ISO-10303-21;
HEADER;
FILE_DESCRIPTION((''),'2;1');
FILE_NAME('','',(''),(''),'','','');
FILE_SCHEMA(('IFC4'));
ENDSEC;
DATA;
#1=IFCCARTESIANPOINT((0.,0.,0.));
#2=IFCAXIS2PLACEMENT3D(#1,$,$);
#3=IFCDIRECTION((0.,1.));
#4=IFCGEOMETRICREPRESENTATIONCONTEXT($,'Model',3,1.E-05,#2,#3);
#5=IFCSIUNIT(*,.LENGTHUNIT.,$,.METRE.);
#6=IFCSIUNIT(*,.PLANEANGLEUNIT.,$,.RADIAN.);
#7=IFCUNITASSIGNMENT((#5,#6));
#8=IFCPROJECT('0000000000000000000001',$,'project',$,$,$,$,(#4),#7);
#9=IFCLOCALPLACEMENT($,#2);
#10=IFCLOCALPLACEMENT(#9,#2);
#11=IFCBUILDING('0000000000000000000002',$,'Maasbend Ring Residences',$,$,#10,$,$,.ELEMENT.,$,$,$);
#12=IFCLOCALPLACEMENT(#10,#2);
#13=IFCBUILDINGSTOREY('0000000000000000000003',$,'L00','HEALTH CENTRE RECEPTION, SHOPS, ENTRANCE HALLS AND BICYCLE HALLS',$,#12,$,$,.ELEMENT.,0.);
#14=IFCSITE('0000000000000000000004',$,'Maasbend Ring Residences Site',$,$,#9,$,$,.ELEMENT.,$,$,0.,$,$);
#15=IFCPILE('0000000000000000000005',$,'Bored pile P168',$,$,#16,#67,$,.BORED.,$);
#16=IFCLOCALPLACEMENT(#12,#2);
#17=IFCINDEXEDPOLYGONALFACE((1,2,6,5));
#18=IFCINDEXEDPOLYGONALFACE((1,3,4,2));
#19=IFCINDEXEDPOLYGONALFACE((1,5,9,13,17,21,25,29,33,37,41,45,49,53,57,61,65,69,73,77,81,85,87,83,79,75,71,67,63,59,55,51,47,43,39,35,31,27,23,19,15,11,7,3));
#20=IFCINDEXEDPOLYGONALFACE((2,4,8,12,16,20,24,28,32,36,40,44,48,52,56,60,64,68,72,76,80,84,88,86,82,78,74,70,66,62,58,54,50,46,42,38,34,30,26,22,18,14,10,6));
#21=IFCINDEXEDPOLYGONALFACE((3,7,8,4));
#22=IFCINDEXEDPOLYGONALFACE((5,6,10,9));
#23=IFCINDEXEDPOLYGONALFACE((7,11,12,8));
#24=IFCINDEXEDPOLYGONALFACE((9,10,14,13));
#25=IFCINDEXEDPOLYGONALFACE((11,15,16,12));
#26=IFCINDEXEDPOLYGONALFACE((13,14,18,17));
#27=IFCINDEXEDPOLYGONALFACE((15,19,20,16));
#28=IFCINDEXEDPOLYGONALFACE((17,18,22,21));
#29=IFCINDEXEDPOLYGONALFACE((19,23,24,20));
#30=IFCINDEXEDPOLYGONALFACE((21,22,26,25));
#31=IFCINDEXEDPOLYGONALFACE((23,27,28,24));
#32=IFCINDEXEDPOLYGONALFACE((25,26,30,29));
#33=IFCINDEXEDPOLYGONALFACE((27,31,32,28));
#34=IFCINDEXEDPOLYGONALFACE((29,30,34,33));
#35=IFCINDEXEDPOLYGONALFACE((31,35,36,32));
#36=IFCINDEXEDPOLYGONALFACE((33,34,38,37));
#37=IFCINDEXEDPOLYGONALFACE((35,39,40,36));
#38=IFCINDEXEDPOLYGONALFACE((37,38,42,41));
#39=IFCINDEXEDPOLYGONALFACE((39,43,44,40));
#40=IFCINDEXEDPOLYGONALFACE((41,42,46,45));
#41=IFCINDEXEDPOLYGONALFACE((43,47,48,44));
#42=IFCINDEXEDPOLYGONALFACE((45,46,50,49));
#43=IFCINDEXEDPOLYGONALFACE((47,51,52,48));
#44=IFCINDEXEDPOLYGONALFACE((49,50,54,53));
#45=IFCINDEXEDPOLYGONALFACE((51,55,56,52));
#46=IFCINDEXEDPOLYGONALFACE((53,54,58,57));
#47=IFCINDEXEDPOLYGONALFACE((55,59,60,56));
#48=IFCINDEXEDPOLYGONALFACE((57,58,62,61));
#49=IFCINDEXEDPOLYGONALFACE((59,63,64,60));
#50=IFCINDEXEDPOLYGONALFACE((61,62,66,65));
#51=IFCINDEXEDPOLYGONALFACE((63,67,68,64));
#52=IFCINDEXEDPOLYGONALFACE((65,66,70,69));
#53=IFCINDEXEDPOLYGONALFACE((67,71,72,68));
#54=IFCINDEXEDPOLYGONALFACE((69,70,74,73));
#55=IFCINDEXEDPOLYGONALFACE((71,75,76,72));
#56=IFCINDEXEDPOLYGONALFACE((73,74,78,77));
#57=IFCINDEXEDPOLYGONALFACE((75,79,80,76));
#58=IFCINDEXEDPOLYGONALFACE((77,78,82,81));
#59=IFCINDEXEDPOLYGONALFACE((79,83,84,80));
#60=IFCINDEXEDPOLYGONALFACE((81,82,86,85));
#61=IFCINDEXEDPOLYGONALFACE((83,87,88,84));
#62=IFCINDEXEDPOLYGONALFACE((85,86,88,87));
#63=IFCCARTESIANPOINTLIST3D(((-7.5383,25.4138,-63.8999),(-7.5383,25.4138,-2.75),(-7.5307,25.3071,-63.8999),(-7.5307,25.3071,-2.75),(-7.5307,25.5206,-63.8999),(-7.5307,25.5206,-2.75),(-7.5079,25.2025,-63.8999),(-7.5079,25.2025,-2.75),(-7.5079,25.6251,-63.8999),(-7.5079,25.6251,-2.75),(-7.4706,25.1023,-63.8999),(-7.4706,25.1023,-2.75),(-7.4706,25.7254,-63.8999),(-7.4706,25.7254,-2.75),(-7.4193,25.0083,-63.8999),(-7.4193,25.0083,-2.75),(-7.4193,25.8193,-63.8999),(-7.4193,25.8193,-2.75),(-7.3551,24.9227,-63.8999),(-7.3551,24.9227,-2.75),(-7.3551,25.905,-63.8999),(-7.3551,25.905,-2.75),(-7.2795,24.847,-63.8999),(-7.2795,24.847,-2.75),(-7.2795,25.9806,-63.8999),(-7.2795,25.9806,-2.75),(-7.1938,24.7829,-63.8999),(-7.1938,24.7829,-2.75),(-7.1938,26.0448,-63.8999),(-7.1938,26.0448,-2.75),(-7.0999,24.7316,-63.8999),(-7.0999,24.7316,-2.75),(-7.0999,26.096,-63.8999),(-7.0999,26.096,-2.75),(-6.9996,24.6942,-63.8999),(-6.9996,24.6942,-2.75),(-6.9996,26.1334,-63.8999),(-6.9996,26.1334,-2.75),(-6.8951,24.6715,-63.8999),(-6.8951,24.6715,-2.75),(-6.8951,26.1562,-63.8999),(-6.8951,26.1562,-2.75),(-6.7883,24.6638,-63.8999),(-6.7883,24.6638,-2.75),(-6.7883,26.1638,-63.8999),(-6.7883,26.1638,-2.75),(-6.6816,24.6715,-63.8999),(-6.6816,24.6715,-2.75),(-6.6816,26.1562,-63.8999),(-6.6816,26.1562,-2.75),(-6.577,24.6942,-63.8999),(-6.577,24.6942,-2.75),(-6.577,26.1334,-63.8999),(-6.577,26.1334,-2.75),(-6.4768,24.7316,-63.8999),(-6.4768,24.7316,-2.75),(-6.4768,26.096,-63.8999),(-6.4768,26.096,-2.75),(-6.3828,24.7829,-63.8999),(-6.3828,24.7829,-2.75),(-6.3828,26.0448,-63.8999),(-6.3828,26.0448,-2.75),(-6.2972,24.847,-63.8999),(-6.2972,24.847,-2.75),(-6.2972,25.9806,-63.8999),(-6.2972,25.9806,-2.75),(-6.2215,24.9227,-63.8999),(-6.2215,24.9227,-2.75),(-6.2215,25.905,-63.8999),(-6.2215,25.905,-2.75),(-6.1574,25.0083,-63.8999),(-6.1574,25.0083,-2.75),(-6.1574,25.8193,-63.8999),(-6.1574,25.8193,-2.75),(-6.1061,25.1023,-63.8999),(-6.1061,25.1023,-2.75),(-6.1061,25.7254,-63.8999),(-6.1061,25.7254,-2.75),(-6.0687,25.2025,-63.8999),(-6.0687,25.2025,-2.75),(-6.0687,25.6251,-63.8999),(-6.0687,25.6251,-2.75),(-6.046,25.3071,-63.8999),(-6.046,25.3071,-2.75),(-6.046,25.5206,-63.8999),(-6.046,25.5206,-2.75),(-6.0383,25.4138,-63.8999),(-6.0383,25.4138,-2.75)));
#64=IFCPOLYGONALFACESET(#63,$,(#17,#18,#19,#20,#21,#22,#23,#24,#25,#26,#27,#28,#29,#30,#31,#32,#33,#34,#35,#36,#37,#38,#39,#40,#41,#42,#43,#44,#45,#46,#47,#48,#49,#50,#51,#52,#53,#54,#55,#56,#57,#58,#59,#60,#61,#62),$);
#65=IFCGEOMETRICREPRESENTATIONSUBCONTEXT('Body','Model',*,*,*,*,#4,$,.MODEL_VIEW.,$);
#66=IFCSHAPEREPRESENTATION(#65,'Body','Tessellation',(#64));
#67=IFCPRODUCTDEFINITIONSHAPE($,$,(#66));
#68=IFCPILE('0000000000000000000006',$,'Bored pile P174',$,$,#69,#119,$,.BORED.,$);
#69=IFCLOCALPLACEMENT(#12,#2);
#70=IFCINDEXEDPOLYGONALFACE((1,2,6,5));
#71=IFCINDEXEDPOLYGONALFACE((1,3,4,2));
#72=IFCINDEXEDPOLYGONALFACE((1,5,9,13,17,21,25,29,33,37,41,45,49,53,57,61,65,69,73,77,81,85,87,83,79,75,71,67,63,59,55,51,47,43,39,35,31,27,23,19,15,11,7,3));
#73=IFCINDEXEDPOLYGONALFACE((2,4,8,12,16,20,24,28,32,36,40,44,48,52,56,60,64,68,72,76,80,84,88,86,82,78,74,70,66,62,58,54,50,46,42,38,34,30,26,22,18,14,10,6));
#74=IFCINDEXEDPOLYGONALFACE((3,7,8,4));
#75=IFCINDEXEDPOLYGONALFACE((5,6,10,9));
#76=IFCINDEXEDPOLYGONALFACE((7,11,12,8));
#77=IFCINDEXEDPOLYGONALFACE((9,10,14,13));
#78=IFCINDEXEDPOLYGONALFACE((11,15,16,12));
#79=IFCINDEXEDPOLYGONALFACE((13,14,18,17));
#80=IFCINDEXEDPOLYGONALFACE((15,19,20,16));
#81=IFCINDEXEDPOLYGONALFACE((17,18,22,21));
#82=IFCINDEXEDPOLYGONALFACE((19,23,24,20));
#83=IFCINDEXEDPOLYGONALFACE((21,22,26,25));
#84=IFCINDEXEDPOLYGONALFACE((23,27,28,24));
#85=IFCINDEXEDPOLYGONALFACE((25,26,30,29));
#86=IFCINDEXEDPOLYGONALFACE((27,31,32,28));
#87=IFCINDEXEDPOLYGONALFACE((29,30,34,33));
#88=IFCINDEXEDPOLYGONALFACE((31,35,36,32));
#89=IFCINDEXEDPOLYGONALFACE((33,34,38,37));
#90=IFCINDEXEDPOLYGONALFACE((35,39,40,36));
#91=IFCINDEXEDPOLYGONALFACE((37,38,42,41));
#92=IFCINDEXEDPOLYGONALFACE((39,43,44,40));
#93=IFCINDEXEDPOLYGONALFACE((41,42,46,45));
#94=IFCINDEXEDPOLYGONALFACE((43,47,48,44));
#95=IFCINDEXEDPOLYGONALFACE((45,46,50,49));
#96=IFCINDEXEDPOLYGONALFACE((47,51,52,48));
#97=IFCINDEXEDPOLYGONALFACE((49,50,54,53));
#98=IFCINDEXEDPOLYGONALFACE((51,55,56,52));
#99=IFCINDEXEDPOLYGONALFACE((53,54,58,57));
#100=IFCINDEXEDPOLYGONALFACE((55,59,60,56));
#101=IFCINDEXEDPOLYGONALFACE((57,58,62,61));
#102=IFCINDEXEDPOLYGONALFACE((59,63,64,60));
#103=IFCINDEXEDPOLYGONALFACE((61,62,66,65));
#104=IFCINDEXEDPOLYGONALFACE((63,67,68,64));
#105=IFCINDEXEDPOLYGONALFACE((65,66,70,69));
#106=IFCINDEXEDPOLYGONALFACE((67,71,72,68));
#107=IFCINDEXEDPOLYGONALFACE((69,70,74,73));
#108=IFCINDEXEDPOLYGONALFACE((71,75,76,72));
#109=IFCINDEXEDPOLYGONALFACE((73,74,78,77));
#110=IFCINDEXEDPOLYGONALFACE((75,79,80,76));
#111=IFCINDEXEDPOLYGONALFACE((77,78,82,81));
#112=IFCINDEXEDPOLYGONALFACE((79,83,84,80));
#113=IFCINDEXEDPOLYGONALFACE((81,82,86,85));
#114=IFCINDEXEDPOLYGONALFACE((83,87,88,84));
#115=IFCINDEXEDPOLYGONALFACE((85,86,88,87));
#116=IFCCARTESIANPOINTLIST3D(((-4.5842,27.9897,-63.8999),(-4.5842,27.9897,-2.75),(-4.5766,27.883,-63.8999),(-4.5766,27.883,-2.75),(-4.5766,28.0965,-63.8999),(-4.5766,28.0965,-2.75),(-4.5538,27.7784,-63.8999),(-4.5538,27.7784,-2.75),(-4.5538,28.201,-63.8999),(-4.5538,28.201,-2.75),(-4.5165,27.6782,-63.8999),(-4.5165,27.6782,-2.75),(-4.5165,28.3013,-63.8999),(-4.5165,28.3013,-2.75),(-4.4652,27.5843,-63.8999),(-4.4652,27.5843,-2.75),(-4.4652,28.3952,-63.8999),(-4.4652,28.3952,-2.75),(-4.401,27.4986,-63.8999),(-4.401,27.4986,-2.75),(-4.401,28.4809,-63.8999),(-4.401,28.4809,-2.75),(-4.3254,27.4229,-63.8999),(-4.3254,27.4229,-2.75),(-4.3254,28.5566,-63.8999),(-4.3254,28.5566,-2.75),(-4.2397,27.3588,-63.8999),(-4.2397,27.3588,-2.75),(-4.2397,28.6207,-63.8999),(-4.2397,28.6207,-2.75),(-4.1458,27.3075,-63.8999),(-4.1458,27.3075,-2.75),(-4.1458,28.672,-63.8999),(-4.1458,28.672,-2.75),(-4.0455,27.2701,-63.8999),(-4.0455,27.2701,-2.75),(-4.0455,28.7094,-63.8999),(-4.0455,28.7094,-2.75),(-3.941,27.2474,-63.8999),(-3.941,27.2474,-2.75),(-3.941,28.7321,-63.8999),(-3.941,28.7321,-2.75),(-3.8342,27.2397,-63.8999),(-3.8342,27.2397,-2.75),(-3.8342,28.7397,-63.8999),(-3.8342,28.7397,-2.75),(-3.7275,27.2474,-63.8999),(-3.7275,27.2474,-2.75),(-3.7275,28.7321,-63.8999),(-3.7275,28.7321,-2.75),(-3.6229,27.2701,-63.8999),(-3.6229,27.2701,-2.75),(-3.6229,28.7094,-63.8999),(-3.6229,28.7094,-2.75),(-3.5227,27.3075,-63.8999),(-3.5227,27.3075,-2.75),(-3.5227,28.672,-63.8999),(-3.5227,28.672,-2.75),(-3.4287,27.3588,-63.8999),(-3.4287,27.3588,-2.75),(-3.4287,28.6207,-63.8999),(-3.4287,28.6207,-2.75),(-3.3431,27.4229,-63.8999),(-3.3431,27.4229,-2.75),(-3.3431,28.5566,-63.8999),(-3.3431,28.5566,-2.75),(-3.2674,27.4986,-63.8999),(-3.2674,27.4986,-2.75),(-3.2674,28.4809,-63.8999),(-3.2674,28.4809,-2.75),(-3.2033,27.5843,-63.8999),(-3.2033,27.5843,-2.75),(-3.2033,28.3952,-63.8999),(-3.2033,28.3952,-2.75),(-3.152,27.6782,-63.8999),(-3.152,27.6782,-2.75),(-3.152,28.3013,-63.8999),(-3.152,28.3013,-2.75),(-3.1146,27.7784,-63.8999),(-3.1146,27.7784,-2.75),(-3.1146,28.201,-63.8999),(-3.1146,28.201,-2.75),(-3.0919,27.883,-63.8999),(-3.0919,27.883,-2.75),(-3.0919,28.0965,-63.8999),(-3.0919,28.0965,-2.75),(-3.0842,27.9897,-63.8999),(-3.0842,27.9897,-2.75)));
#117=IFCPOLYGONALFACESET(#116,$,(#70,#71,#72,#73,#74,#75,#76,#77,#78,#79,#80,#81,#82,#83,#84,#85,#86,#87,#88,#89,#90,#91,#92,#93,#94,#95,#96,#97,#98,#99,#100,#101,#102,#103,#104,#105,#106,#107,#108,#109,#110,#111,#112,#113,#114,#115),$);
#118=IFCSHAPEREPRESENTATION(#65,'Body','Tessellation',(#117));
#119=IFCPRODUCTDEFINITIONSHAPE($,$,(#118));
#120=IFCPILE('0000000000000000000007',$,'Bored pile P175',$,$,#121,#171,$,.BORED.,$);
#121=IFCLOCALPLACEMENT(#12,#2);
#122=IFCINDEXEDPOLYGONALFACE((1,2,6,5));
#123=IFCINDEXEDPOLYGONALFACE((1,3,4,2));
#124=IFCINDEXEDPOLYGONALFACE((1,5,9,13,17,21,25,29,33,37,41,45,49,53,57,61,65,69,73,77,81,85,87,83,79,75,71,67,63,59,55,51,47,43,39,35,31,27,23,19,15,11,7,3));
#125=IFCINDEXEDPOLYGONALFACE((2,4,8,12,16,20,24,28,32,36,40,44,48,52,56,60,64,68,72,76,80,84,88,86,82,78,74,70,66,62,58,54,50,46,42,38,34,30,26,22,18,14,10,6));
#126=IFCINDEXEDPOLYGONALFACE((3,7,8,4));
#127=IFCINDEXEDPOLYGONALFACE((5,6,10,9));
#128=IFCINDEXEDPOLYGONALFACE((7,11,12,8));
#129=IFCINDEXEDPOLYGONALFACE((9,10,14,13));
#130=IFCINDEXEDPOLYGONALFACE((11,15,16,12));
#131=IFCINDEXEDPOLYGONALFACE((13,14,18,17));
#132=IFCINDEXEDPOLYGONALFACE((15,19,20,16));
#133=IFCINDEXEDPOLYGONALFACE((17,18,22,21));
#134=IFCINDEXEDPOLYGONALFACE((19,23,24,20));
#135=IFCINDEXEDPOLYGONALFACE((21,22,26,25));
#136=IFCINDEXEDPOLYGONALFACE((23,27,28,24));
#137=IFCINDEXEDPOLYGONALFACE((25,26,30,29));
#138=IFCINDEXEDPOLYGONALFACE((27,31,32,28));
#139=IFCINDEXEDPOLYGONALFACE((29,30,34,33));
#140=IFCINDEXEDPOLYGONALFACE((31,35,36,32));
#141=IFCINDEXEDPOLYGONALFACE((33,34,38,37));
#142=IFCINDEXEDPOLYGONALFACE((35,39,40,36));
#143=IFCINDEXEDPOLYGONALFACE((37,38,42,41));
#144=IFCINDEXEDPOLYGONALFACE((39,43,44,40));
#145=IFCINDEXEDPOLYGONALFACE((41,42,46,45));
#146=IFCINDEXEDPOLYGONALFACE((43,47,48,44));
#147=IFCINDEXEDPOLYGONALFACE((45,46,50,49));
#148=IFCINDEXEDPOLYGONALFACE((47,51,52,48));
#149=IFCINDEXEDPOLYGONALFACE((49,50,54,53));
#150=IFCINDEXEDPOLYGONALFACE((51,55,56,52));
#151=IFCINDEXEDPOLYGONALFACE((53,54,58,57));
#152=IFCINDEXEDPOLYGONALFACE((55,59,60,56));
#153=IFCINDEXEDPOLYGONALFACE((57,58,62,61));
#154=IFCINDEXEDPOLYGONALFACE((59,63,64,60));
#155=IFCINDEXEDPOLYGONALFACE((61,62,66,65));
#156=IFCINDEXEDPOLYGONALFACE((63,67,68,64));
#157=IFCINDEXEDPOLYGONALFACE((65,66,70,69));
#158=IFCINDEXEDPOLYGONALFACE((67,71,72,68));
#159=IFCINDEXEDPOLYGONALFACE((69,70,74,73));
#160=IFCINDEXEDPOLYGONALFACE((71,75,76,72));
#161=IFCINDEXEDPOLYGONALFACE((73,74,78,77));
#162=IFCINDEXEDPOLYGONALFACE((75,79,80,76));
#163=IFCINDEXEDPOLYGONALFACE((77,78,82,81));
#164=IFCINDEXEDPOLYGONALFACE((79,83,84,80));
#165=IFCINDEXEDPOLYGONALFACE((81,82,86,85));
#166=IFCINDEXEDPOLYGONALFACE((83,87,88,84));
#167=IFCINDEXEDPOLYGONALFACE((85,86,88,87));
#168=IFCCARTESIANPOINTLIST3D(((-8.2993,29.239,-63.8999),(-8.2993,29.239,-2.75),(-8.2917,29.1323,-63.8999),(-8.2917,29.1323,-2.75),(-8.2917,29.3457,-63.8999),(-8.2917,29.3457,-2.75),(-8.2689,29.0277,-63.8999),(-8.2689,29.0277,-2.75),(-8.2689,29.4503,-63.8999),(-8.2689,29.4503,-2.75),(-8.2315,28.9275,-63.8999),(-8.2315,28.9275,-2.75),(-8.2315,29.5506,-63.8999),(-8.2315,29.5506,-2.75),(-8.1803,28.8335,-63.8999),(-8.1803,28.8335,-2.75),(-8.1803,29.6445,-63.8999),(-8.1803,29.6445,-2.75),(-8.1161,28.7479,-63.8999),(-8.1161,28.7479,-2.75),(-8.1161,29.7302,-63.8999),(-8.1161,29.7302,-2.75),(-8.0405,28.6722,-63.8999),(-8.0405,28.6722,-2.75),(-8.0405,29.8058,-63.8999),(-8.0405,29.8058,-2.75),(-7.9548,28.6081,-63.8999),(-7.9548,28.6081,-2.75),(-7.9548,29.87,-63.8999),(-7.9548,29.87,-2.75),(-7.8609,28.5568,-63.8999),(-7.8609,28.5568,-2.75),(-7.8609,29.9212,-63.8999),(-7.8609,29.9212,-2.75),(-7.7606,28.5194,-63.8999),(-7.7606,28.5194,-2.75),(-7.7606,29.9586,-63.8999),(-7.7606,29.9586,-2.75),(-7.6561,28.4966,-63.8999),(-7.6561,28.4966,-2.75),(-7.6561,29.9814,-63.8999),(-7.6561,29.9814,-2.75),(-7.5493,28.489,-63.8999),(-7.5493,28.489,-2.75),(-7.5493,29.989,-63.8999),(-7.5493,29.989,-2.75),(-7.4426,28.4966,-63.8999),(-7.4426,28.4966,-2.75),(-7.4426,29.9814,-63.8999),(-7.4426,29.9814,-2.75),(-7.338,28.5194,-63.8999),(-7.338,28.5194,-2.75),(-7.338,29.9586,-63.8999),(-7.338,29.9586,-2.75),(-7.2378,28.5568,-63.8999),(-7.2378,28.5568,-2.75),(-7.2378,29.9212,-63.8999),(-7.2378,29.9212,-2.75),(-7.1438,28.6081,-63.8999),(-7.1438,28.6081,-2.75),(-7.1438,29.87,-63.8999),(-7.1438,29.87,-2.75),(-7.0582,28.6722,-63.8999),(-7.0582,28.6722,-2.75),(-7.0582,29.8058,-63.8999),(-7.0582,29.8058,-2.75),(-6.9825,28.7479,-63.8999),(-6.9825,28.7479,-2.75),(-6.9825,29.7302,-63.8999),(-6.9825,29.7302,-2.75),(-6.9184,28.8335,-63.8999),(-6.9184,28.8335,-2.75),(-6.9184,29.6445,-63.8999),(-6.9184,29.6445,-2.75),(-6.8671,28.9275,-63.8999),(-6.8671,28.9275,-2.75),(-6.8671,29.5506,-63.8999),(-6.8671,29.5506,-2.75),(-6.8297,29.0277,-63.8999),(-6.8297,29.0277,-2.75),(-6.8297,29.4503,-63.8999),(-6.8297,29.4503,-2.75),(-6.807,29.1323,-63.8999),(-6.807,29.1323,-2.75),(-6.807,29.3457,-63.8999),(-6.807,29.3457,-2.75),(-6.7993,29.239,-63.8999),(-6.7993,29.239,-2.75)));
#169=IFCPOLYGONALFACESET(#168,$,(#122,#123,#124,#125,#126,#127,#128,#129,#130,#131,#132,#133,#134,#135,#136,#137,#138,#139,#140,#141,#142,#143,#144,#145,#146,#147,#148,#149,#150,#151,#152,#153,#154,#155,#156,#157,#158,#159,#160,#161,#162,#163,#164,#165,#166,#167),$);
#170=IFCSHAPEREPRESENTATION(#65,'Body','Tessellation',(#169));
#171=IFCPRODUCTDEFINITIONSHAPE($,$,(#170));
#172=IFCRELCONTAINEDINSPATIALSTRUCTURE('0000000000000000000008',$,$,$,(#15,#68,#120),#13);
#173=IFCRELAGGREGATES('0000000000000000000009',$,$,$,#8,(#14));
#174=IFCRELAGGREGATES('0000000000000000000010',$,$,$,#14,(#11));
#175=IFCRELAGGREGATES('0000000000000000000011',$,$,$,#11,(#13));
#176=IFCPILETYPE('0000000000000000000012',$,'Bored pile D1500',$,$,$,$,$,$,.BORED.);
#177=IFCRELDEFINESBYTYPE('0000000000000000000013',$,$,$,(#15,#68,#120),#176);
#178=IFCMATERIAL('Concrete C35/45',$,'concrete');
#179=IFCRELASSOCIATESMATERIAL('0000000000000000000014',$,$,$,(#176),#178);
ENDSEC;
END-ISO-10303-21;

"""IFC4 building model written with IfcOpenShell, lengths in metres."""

from ifc_helpers import new_model, si_unit, direction, frame, origin, origin_2d, place, context, subcontext, project, spatial, circle, extrude, material, material_profile, profile_set, type_object, element, save


model = new_model("IFC4")

# Units and contexts
model_context = context("Model", 3, precision=1e-05, world=origin(), true_north=direction((0.0, 1.0)))
body_context = subcontext(model_context, "Body", "Model", "MODEL_VIEW")
ifc_project = project(units=[si_unit("LENGTHUNIT", "METRE"), si_unit("PLANEANGLEUNIT", "RADIAN")], contexts=[model_context])

# Site, building, storey
site_placement = place(None, origin())
site = spatial("IfcSite", under=ifc_project, at=site_placement, Name="Maasbend Ring Residences Site", CompositionType="ELEMENT", RefElevation=0.0)
building_placement = place(site_placement, origin())
building = spatial("IfcBuilding", under=site, at=building_placement, Name="Maasbend Ring Residences", CompositionType="ELEMENT")
storey_placement = place(building_placement, origin())
storey = spatial("IfcBuildingStorey", under=building, at=storey_placement, Name="L00", Description="HEALTH CENTRE RECEPTION, SHOPS, ENTRANCE HALLS AND BICYCLE HALLS", CompositionType="ELEMENT", Elevation=0.0)

# Piles
ifc_material_1 = material(Name="Concrete C35/45", Category="concrete")
ifc_material_profile_1 = material_profile(ifc_material_1, circle(Radius=0.75, at=origin_2d()), Name="Bored pile D1500")
ifc_profile_set_1 = profile_set([ifc_material_profile_1], Name="Concrete C35/45")
pile_type = type_object("IfcPileType", Name="Bored pile D1500", PredefinedType="BORED", material=ifc_profile_set_1)
for number, where, z_axis, x_axis, name in (
    (1, (-6.7883, 25.4138, -2.75), (0.0, 0.0, -1.0), (1.0, 0.0, 0.0), "Bored pile P168"),
    (2, (-3.8342, 27.9897, -2.75), (0.0, 0.0, -1.0), (1.0, 0.0, 0.0), "Bored pile P174"),
    (3, (-7.5493, 29.239, -2.75), (0.0, 0.0, -1.0), (1.0, 0.0, 0.0), "Bored pile P175"),
):
    element("IfcPile", number, at=place(storey_placement, frame(where, z_axis=z_axis, x_axis=x_axis)), inside=storey, type_object=pile_type, Name=name, PredefinedType="BORED", context=body_context, shape_type="SweptSolid", body=[
        extrude(circle(Radius=0.75, at=origin_2d()), origin(), (0.0, 0.0, 1.0), 61.1499),
    ])

save(model, "model.ifc")
